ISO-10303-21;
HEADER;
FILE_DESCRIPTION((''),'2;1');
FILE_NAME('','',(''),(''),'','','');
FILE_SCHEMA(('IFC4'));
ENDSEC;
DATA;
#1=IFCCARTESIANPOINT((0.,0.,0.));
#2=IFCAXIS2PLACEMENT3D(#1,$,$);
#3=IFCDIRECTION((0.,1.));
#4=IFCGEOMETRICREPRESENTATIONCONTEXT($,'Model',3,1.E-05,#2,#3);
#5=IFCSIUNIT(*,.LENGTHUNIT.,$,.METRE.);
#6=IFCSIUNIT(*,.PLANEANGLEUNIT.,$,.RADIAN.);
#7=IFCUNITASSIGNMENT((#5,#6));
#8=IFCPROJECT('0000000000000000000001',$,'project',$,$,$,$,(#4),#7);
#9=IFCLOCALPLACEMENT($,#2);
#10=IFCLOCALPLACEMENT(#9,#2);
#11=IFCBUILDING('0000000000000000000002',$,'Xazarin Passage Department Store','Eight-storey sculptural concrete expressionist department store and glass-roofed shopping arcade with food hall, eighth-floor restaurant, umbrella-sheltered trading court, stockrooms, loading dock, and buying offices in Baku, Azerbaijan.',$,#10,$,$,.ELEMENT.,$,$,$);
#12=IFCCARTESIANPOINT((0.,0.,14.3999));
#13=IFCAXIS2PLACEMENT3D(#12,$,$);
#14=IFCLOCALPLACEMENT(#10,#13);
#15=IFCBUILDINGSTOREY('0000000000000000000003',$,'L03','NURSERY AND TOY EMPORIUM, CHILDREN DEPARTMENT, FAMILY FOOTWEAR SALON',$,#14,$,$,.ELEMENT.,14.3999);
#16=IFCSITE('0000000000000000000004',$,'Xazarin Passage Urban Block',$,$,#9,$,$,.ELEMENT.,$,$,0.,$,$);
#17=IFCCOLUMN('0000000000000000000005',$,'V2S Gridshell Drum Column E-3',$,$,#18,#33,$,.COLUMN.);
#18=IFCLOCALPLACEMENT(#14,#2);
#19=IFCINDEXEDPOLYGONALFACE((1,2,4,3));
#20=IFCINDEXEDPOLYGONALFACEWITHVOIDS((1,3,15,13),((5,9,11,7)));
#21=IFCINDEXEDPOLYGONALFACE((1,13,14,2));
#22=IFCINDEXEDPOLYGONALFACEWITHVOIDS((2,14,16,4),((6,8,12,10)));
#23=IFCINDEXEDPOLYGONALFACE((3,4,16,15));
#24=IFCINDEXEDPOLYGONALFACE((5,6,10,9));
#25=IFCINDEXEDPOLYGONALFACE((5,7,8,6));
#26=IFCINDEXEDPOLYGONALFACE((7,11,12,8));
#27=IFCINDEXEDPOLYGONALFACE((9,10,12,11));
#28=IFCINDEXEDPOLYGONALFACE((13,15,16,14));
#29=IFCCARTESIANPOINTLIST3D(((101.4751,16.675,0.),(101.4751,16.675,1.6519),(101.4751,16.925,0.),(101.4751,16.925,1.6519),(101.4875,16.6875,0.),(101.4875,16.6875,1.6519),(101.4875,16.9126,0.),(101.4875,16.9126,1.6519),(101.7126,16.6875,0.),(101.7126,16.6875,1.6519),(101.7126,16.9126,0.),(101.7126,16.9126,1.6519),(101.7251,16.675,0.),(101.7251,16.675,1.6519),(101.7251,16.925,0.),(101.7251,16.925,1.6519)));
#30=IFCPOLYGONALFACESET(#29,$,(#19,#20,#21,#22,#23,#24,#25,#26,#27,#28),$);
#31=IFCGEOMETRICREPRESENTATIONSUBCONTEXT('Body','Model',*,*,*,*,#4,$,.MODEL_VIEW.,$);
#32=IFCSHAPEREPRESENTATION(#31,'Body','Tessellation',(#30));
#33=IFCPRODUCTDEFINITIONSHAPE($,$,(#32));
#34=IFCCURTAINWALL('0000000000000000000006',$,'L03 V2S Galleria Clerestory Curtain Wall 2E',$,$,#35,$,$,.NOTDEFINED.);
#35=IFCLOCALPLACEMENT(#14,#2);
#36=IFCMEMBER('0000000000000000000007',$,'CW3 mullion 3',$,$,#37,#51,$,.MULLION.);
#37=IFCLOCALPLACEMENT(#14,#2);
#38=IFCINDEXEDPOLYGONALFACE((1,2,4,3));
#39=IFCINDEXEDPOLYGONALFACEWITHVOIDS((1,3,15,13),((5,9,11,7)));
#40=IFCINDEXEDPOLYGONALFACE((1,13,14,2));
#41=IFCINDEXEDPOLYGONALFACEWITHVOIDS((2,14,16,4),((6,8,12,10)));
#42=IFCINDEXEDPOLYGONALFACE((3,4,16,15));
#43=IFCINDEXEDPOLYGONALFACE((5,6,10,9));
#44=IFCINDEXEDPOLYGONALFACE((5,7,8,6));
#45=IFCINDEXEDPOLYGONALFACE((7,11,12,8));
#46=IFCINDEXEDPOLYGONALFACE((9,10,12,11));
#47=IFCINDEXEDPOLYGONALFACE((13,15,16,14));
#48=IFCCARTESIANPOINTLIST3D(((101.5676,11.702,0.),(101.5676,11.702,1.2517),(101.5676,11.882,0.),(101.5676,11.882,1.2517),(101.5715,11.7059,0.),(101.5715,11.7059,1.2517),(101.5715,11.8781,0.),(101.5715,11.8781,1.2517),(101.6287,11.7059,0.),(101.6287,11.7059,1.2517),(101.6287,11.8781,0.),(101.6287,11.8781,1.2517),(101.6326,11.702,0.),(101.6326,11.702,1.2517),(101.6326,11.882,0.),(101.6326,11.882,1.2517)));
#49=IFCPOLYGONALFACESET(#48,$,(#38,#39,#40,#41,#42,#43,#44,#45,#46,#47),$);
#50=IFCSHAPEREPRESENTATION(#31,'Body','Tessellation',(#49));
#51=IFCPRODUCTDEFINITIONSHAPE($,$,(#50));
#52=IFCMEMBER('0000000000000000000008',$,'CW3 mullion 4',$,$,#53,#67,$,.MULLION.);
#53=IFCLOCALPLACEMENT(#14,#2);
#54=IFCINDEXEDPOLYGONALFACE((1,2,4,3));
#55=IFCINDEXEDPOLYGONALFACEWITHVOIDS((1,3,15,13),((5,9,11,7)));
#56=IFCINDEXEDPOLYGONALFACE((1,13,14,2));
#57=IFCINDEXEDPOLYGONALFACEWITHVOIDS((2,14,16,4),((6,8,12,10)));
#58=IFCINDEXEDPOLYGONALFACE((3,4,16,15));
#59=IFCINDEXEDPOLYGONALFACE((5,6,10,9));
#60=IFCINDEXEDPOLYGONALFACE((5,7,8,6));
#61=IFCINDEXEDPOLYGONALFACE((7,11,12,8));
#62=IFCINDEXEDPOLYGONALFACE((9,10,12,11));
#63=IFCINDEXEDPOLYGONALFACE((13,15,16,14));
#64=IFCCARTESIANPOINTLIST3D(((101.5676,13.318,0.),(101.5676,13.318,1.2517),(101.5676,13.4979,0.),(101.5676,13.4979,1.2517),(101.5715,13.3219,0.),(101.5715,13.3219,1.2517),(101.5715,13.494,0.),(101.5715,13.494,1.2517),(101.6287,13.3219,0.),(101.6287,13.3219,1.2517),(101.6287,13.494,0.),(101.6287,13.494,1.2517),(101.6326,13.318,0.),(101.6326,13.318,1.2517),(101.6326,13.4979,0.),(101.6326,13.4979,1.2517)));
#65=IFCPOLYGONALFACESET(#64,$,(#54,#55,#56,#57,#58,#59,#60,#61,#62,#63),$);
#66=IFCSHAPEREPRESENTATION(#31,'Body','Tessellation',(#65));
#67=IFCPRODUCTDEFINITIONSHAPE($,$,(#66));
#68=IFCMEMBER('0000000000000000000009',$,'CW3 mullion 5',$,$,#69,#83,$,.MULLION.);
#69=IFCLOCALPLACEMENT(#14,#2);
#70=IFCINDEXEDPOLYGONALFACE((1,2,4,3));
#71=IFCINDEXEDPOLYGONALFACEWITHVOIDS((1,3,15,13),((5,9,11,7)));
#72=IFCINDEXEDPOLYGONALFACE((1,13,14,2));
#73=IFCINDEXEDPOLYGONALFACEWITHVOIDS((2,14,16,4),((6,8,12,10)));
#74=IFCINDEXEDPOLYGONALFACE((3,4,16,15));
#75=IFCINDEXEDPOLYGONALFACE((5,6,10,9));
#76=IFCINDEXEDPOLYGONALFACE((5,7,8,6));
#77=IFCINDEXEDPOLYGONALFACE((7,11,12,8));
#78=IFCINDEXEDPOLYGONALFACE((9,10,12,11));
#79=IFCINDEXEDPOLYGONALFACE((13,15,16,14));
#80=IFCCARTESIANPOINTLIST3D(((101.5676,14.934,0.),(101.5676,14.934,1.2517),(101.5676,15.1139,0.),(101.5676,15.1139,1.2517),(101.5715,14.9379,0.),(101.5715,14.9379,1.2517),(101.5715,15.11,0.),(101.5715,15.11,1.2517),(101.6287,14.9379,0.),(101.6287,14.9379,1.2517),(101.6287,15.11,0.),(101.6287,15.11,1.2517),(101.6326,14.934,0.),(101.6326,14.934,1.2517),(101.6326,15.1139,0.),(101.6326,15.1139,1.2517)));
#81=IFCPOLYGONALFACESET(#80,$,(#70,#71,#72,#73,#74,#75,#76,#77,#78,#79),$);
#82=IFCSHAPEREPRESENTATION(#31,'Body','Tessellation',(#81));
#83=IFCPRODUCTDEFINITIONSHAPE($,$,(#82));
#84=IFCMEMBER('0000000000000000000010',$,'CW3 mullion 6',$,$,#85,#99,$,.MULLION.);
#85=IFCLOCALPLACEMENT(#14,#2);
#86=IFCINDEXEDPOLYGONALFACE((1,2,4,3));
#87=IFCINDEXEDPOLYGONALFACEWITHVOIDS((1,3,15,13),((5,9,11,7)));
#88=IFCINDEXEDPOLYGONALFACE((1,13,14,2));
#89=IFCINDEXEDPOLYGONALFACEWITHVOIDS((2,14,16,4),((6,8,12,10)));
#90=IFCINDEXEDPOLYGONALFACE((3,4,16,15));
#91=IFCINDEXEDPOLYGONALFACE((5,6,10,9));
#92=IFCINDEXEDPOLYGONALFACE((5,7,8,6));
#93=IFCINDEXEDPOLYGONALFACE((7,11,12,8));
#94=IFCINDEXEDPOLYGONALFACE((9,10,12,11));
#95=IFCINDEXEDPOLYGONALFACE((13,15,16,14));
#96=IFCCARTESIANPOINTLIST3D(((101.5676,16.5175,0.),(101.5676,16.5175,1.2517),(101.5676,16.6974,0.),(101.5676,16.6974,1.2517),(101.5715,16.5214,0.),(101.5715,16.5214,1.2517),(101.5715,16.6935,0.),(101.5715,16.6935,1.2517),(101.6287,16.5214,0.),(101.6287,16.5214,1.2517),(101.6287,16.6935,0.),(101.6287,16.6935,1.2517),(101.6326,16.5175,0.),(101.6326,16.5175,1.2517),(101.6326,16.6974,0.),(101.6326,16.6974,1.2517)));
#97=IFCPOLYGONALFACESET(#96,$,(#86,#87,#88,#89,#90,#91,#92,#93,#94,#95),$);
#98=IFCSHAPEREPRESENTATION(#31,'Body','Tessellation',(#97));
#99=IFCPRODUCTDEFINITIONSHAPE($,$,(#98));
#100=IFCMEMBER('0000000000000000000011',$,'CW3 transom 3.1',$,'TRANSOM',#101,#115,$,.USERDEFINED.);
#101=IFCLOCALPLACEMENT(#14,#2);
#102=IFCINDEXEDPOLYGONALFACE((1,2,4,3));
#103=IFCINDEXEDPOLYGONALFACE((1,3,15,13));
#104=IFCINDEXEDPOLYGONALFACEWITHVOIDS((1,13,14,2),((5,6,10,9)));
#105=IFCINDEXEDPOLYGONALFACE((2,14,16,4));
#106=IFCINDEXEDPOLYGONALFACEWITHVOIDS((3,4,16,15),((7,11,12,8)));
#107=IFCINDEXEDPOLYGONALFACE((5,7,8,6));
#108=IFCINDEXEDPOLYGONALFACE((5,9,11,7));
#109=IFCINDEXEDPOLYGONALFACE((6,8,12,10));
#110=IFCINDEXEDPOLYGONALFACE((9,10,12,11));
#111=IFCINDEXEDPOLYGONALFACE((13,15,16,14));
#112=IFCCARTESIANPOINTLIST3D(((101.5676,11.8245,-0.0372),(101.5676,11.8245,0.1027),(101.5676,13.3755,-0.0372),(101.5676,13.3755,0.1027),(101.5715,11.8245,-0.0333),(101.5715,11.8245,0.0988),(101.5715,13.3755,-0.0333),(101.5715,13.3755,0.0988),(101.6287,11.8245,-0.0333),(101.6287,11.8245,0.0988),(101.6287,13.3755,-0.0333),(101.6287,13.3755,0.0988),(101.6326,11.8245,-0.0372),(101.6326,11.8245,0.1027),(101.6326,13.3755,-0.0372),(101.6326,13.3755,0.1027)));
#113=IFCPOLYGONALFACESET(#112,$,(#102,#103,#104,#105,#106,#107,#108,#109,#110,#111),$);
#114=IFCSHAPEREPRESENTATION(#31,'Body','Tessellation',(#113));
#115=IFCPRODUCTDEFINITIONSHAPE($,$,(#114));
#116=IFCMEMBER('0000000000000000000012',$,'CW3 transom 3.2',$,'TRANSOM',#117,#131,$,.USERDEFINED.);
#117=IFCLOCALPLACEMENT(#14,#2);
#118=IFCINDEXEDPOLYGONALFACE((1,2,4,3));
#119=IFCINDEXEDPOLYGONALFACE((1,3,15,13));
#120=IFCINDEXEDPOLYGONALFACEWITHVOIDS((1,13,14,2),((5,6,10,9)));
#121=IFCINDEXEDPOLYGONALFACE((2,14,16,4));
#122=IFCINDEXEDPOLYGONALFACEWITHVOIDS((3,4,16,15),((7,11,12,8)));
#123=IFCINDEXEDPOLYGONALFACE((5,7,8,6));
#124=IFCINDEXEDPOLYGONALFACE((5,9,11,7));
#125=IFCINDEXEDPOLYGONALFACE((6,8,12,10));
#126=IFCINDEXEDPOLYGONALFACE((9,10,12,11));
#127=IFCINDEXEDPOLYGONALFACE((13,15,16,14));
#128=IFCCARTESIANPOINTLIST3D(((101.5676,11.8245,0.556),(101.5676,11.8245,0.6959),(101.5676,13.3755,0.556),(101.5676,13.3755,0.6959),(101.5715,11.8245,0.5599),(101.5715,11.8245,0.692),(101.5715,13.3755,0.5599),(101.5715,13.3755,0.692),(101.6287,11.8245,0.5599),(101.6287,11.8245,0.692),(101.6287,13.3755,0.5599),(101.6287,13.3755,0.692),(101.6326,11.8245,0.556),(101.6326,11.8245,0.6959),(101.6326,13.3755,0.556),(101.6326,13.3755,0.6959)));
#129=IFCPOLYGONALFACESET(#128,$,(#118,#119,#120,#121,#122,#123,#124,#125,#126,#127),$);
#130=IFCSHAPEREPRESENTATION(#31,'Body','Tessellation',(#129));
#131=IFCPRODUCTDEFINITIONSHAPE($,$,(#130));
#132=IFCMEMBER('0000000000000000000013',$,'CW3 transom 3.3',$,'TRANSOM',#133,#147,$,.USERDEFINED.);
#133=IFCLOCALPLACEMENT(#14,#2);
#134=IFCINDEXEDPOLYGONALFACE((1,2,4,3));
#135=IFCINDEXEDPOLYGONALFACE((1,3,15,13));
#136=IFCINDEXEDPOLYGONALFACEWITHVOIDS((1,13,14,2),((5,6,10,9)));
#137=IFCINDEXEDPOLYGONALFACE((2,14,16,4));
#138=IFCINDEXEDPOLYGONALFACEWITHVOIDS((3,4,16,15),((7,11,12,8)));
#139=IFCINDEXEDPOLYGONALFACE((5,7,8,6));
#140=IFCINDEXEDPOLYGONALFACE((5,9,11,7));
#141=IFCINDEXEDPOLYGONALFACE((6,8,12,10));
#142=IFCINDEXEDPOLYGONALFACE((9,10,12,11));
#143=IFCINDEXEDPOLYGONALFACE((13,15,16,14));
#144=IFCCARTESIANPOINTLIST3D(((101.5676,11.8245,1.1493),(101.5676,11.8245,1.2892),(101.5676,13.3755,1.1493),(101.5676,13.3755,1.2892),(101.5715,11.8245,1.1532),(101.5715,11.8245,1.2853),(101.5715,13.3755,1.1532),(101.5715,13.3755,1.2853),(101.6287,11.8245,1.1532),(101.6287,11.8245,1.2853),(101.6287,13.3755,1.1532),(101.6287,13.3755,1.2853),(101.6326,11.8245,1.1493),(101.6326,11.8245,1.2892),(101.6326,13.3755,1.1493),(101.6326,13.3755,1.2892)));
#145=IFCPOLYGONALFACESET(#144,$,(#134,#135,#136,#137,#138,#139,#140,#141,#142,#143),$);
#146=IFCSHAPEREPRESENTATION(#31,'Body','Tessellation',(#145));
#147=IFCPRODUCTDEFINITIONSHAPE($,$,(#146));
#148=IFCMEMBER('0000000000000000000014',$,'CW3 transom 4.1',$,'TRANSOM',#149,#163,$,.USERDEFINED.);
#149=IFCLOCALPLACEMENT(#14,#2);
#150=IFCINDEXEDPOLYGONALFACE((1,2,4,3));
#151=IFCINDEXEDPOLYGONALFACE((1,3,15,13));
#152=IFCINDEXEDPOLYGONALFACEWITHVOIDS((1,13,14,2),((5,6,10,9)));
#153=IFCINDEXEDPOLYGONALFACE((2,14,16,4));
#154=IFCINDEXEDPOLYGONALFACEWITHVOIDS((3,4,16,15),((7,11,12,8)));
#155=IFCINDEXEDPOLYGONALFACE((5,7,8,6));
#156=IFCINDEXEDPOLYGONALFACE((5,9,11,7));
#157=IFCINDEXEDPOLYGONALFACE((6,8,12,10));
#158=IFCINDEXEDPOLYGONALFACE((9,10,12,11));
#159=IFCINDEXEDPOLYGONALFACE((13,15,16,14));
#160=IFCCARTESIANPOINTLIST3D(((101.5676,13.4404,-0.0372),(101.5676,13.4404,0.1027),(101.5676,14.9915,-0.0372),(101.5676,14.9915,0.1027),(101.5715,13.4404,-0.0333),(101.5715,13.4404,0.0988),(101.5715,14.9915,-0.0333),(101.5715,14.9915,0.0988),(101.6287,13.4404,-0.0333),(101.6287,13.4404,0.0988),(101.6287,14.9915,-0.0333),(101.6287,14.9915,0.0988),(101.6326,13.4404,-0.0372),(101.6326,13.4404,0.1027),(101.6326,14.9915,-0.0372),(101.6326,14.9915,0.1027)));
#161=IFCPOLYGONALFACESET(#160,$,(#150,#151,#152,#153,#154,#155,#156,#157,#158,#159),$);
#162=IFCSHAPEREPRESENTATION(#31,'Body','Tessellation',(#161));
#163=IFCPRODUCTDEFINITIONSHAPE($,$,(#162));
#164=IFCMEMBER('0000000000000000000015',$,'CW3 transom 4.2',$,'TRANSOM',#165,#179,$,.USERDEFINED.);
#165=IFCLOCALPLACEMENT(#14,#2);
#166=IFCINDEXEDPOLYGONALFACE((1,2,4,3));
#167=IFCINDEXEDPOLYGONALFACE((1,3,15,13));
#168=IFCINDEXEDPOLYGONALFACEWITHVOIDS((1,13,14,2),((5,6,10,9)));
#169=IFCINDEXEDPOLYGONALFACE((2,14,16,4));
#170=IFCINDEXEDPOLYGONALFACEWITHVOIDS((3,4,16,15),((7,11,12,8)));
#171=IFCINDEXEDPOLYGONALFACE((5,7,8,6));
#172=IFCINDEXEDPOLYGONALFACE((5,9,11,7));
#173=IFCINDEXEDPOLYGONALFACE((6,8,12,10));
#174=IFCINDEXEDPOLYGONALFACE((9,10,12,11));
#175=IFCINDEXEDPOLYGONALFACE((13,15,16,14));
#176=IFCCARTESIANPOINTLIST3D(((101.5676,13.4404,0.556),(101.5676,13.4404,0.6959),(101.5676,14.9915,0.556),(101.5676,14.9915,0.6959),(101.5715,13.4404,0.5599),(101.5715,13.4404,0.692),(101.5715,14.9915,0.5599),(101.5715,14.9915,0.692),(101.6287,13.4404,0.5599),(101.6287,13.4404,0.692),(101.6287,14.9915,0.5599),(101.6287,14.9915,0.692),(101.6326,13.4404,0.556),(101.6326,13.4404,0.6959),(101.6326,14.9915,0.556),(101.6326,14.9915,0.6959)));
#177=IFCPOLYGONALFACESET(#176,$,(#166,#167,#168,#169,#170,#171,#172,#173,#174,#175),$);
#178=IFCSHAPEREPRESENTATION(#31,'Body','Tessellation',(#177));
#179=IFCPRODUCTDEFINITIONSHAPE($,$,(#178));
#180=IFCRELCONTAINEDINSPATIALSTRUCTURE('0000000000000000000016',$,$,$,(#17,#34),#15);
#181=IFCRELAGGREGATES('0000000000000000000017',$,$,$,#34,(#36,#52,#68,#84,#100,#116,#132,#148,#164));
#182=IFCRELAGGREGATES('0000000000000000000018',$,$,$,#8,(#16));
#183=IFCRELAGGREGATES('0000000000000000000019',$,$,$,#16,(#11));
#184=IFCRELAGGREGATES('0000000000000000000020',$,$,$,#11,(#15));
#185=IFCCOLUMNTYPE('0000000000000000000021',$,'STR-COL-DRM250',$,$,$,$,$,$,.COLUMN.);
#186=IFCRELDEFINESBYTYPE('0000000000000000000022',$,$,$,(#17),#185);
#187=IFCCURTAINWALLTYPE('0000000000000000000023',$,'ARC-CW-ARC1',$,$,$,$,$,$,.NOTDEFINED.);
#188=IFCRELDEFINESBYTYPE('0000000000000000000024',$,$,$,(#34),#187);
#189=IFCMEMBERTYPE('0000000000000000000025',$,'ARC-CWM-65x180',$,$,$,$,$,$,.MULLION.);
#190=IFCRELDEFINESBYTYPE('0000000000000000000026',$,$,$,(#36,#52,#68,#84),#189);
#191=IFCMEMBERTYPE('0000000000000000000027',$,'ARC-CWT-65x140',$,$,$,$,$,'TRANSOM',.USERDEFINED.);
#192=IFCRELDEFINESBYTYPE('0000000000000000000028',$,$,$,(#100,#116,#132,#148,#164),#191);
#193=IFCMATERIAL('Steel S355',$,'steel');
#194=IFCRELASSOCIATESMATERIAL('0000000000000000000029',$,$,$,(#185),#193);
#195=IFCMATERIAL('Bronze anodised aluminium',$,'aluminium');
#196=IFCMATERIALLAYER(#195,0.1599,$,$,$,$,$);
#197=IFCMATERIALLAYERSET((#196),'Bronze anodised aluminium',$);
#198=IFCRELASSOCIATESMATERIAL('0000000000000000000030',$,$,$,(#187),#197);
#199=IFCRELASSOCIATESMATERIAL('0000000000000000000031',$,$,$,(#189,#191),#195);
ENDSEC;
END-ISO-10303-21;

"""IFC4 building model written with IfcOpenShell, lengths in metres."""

from ifc_helpers import new_model, si_unit, direction, frame, origin, origin_2d, place, context, subcontext, project, spatial, hollow_rectangle, extrude, material, layer, layer_set, material_profile, profile_set, type_object, element, aggregate, save


model = new_model("IFC4")

# Units and contexts
model_context = context("Model", 3, precision=1e-05, world=origin(), true_north=direction((0.0, 1.0)))
body_context = subcontext(model_context, "Body", "Model", "MODEL_VIEW")
ifc_project = project(units=[si_unit("LENGTHUNIT", "METRE"), si_unit("PLANEANGLEUNIT", "RADIAN")], contexts=[model_context])

# Site, building, storey
site_placement = place(None, origin())
site = spatial("IfcSite", under=ifc_project, at=site_placement, Name="Xazarin Passage Urban Block", CompositionType="ELEMENT", RefElevation=0.0)
building_placement = place(site_placement, origin())
building = spatial("IfcBuilding", under=site, at=building_placement, Name="Xazarin Passage Department Store", Description="Eight-storey sculptural concrete expressionist department store and glass-roofed shopping arcade with food hall, eighth-floor restaurant, umbrella-sheltered trading court, stockrooms, loading dock, and buying offices in Baku, Azerbaijan.", CompositionType="ELEMENT")
storey_placement = place(building_placement, frame((0.0, 0.0, 14.3999)))
storey = spatial("IfcBuildingStorey", under=building, at=storey_placement, Name="L03", Description="NURSERY AND TOY EMPORIUM, CHILDREN DEPARTMENT, FAMILY FOOTWEAR SALON", CompositionType="ELEMENT", Elevation=14.3999)

# Column
ifc_material_1 = material(Name="Steel S355", Category="steel")
ifc_material_profile_1 = material_profile(ifc_material_1, hollow_rectangle(XDim=0.25, YDim=0.25, WallThickness=0.0125, at=origin_2d()), Name="SHS 250x250x12.5")
ifc_profile_set_1 = profile_set([ifc_material_profile_1], Name="Steel S355")
column_type = type_object("IfcColumnType", Name="STR-COL-DRM250", PredefinedType="COLUMN", material=ifc_profile_set_1)
column_placement = place(storey_placement, frame((101.6001, 16.8, 0.0), z_axis=(0.0, 0.0, 1.0), x_axis=(1.0, 0.0, 0.0)))
element("IfcColumn", 1, at=column_placement, inside=storey, type_object=column_type, Name="V2S Gridshell Drum Column E-3", PredefinedType="COLUMN", context=body_context, shape_type="SweptSolid", body=[
    extrude(hollow_rectangle(XDim=0.25, YDim=0.25, WallThickness=0.0125, at=origin_2d()), origin(), (0.0, 0.0, 1.0), 1.6519),
])

# Curtain wall, members
ifc_material_2 = material(Name="Bronze anodised aluminium", Category="aluminium")
ifc_layer_1 = layer(ifc_material_2, 0.1599)
ifc_layer_set_1 = layer_set([ifc_layer_1], Name="Bronze anodised aluminium")
curtain_wall_type = type_object("IfcCurtainWallType", Name="ARC-CW-ARC1", PredefinedType="NOTDEFINED", material=ifc_layer_set_1)
curtain_wall_placement = place(storey_placement, origin())
curtain_wall = element("IfcCurtainWall", 2, at=curtain_wall_placement, inside=storey, type_object=curtain_wall_type, Name="L03 V2S Galleria Clerestory Curtain Wall 2E", PredefinedType="NOTDEFINED")
ifc_material_profile_2 = material_profile(ifc_material_2, hollow_rectangle(XDim=0.0649, YDim=0.1799, WallThickness=0.0039, at=origin_2d()), Name="ALU 65x180")
ifc_profile_set_2 = profile_set([ifc_material_profile_2], Name="Bronze anodised aluminium")
member_type_1 = type_object("IfcMemberType", Name="ARC-CWM-65x180", PredefinedType="MULLION", material=ifc_profile_set_2)
member_1_placement = place(storey_placement, frame((101.6001, 11.792, 0.0), z_axis=(0.0, 0.0, 1.0), x_axis=(-1.0, 0.0, 0.0)))
member_1 = element("IfcMember", 3, at=member_1_placement, type_object=member_type_1, Name="CW3 mullion 3", PredefinedType="MULLION", context=body_context, shape_type="SweptSolid", body=[
    extrude(hollow_rectangle(XDim=0.0649, YDim=0.1799, WallThickness=0.0039, at=origin_2d()), origin(), (0.0, 0.0, 1.0), 1.2517),
])
member_2_placement = place(storey_placement, frame((101.6001, 13.408, 0.0), z_axis=(0.0, 0.0, 1.0), x_axis=(-1.0, 0.0, 0.0)))
member_2 = element("IfcMember", 4, at=member_2_placement, type_object=member_type_1, Name="CW3 mullion 4", PredefinedType="MULLION", context=body_context, shape_type="SweptSolid", body=[
    extrude(hollow_rectangle(XDim=0.0649, YDim=0.1799, WallThickness=0.0039, at=origin_2d()), origin(), (0.0, 0.0, 1.0), 1.2517),
])
member_3_placement = place(storey_placement, frame((101.6001, 15.0239, 0.0), z_axis=(0.0, 0.0, 1.0), x_axis=(-1.0, 0.0, 0.0)))
member_3 = element("IfcMember", 5, at=member_3_placement, type_object=member_type_1, Name="CW3 mullion 5", PredefinedType="MULLION", context=body_context, shape_type="SweptSolid", body=[
    extrude(hollow_rectangle(XDim=0.0649, YDim=0.1799, WallThickness=0.0039, at=origin_2d()), origin(), (0.0, 0.0, 1.0), 1.2517),
])
member_4_placement = place(storey_placement, frame((101.6001, 16.6074, 0.0), z_axis=(0.0, 0.0, 1.0), x_axis=(-1.0, 0.0, 0.0)))
member_4 = element("IfcMember", 6, at=member_4_placement, type_object=member_type_1, Name="CW3 mullion 6", PredefinedType="MULLION", context=body_context, shape_type="SweptSolid", body=[
    extrude(hollow_rectangle(XDim=0.0649, YDim=0.1799, WallThickness=0.0039, at=origin_2d()), origin(), (0.0, 0.0, 1.0), 1.2517),
])
ifc_material_profile_3 = material_profile(ifc_material_2, hollow_rectangle(XDim=0.0649, YDim=0.1399, WallThickness=0.0039, at=origin_2d()), Name="ALU 65x140")
ifc_profile_set_3 = profile_set([ifc_material_profile_3], Name="Bronze anodised aluminium")
member_type_2 = type_object("IfcMemberType", Name="ARC-CWT-65x140", ElementType="TRANSOM", PredefinedType="USERDEFINED", material=ifc_profile_set_3)
member_5_placement = place(storey_placement, frame((101.6001, 11.8245, 0.0327), z_axis=(0.0, 1.0, 0.0), x_axis=(-1.0, 0.0, 0.0)))
member_5 = element("IfcMember", 7, at=member_5_placement, type_object=member_type_2, Name="CW3 transom 3.1", ObjectType="TRANSOM", PredefinedType="USERDEFINED", context=body_context, shape_type="SweptSolid", body=[
    extrude(hollow_rectangle(XDim=0.0649, YDim=0.1399, WallThickness=0.0039, at=origin_2d()), origin(), (0.0, 0.0, 1.0), 1.551),
])
member_6_placement = place(storey_placement, frame((101.6001, 11.8245, 0.626), z_axis=(0.0, 1.0, 0.0), x_axis=(-1.0, 0.0, 0.0)))
member_6 = element("IfcMember", 8, at=member_6_placement, type_object=member_type_2, Name="CW3 transom 3.2", ObjectType="TRANSOM", PredefinedType="USERDEFINED", context=body_context, shape_type="SweptSolid", body=[
    extrude(hollow_rectangle(XDim=0.0649, YDim=0.1399, WallThickness=0.0039, at=origin_2d()), origin(), (0.0, 0.0, 1.0), 1.551),
])
member_7_placement = place(storey_placement, frame((101.6001, 11.8245, 1.2192), z_axis=(0.0, 1.0, 0.0), x_axis=(-1.0, 0.0, 0.0)))
member_7 = element("IfcMember", 9, at=member_7_placement, type_object=member_type_2, Name="CW3 transom 3.3", ObjectType="TRANSOM", PredefinedType="USERDEFINED", context=body_context, shape_type="SweptSolid", body=[
    extrude(hollow_rectangle(XDim=0.0649, YDim=0.1399, WallThickness=0.0039, at=origin_2d()), origin(), (0.0, 0.0, 1.0), 1.551),
])
member_8_placement = place(storey_placement, frame((101.6001, 13.4404, 0.0327), z_axis=(0.0, 1.0, 0.0), x_axis=(-1.0, 0.0, 0.0)))
member_8 = element("IfcMember", 10, at=member_8_placement, type_object=member_type_2, Name="CW3 transom 4.1", ObjectType="TRANSOM", PredefinedType="USERDEFINED", context=body_context, shape_type="SweptSolid", body=[
    extrude(hollow_rectangle(XDim=0.0649, YDim=0.1399, WallThickness=0.0039, at=origin_2d()), origin(), (0.0, 0.0, 1.0), 1.551),
])
member_9_placement = place(storey_placement, frame((101.6001, 13.4404, 0.626), z_axis=(0.0, 1.0, 0.0), x_axis=(-1.0, 0.0, 0.0)))
member_9 = element("IfcMember", 11, at=member_9_placement, type_object=member_type_2, Name="CW3 transom 4.2", ObjectType="TRANSOM", PredefinedType="USERDEFINED", context=body_context, shape_type="SweptSolid", body=[
    extrude(hollow_rectangle(XDim=0.0649, YDim=0.1399, WallThickness=0.0039, at=origin_2d()), origin(), (0.0, 0.0, 1.0), 1.551),
])
aggregate(curtain_wall, [member_1, member_2, member_3, member_4, member_5, member_6, member_7, member_8, member_9])

save(model, "model.ifc")
